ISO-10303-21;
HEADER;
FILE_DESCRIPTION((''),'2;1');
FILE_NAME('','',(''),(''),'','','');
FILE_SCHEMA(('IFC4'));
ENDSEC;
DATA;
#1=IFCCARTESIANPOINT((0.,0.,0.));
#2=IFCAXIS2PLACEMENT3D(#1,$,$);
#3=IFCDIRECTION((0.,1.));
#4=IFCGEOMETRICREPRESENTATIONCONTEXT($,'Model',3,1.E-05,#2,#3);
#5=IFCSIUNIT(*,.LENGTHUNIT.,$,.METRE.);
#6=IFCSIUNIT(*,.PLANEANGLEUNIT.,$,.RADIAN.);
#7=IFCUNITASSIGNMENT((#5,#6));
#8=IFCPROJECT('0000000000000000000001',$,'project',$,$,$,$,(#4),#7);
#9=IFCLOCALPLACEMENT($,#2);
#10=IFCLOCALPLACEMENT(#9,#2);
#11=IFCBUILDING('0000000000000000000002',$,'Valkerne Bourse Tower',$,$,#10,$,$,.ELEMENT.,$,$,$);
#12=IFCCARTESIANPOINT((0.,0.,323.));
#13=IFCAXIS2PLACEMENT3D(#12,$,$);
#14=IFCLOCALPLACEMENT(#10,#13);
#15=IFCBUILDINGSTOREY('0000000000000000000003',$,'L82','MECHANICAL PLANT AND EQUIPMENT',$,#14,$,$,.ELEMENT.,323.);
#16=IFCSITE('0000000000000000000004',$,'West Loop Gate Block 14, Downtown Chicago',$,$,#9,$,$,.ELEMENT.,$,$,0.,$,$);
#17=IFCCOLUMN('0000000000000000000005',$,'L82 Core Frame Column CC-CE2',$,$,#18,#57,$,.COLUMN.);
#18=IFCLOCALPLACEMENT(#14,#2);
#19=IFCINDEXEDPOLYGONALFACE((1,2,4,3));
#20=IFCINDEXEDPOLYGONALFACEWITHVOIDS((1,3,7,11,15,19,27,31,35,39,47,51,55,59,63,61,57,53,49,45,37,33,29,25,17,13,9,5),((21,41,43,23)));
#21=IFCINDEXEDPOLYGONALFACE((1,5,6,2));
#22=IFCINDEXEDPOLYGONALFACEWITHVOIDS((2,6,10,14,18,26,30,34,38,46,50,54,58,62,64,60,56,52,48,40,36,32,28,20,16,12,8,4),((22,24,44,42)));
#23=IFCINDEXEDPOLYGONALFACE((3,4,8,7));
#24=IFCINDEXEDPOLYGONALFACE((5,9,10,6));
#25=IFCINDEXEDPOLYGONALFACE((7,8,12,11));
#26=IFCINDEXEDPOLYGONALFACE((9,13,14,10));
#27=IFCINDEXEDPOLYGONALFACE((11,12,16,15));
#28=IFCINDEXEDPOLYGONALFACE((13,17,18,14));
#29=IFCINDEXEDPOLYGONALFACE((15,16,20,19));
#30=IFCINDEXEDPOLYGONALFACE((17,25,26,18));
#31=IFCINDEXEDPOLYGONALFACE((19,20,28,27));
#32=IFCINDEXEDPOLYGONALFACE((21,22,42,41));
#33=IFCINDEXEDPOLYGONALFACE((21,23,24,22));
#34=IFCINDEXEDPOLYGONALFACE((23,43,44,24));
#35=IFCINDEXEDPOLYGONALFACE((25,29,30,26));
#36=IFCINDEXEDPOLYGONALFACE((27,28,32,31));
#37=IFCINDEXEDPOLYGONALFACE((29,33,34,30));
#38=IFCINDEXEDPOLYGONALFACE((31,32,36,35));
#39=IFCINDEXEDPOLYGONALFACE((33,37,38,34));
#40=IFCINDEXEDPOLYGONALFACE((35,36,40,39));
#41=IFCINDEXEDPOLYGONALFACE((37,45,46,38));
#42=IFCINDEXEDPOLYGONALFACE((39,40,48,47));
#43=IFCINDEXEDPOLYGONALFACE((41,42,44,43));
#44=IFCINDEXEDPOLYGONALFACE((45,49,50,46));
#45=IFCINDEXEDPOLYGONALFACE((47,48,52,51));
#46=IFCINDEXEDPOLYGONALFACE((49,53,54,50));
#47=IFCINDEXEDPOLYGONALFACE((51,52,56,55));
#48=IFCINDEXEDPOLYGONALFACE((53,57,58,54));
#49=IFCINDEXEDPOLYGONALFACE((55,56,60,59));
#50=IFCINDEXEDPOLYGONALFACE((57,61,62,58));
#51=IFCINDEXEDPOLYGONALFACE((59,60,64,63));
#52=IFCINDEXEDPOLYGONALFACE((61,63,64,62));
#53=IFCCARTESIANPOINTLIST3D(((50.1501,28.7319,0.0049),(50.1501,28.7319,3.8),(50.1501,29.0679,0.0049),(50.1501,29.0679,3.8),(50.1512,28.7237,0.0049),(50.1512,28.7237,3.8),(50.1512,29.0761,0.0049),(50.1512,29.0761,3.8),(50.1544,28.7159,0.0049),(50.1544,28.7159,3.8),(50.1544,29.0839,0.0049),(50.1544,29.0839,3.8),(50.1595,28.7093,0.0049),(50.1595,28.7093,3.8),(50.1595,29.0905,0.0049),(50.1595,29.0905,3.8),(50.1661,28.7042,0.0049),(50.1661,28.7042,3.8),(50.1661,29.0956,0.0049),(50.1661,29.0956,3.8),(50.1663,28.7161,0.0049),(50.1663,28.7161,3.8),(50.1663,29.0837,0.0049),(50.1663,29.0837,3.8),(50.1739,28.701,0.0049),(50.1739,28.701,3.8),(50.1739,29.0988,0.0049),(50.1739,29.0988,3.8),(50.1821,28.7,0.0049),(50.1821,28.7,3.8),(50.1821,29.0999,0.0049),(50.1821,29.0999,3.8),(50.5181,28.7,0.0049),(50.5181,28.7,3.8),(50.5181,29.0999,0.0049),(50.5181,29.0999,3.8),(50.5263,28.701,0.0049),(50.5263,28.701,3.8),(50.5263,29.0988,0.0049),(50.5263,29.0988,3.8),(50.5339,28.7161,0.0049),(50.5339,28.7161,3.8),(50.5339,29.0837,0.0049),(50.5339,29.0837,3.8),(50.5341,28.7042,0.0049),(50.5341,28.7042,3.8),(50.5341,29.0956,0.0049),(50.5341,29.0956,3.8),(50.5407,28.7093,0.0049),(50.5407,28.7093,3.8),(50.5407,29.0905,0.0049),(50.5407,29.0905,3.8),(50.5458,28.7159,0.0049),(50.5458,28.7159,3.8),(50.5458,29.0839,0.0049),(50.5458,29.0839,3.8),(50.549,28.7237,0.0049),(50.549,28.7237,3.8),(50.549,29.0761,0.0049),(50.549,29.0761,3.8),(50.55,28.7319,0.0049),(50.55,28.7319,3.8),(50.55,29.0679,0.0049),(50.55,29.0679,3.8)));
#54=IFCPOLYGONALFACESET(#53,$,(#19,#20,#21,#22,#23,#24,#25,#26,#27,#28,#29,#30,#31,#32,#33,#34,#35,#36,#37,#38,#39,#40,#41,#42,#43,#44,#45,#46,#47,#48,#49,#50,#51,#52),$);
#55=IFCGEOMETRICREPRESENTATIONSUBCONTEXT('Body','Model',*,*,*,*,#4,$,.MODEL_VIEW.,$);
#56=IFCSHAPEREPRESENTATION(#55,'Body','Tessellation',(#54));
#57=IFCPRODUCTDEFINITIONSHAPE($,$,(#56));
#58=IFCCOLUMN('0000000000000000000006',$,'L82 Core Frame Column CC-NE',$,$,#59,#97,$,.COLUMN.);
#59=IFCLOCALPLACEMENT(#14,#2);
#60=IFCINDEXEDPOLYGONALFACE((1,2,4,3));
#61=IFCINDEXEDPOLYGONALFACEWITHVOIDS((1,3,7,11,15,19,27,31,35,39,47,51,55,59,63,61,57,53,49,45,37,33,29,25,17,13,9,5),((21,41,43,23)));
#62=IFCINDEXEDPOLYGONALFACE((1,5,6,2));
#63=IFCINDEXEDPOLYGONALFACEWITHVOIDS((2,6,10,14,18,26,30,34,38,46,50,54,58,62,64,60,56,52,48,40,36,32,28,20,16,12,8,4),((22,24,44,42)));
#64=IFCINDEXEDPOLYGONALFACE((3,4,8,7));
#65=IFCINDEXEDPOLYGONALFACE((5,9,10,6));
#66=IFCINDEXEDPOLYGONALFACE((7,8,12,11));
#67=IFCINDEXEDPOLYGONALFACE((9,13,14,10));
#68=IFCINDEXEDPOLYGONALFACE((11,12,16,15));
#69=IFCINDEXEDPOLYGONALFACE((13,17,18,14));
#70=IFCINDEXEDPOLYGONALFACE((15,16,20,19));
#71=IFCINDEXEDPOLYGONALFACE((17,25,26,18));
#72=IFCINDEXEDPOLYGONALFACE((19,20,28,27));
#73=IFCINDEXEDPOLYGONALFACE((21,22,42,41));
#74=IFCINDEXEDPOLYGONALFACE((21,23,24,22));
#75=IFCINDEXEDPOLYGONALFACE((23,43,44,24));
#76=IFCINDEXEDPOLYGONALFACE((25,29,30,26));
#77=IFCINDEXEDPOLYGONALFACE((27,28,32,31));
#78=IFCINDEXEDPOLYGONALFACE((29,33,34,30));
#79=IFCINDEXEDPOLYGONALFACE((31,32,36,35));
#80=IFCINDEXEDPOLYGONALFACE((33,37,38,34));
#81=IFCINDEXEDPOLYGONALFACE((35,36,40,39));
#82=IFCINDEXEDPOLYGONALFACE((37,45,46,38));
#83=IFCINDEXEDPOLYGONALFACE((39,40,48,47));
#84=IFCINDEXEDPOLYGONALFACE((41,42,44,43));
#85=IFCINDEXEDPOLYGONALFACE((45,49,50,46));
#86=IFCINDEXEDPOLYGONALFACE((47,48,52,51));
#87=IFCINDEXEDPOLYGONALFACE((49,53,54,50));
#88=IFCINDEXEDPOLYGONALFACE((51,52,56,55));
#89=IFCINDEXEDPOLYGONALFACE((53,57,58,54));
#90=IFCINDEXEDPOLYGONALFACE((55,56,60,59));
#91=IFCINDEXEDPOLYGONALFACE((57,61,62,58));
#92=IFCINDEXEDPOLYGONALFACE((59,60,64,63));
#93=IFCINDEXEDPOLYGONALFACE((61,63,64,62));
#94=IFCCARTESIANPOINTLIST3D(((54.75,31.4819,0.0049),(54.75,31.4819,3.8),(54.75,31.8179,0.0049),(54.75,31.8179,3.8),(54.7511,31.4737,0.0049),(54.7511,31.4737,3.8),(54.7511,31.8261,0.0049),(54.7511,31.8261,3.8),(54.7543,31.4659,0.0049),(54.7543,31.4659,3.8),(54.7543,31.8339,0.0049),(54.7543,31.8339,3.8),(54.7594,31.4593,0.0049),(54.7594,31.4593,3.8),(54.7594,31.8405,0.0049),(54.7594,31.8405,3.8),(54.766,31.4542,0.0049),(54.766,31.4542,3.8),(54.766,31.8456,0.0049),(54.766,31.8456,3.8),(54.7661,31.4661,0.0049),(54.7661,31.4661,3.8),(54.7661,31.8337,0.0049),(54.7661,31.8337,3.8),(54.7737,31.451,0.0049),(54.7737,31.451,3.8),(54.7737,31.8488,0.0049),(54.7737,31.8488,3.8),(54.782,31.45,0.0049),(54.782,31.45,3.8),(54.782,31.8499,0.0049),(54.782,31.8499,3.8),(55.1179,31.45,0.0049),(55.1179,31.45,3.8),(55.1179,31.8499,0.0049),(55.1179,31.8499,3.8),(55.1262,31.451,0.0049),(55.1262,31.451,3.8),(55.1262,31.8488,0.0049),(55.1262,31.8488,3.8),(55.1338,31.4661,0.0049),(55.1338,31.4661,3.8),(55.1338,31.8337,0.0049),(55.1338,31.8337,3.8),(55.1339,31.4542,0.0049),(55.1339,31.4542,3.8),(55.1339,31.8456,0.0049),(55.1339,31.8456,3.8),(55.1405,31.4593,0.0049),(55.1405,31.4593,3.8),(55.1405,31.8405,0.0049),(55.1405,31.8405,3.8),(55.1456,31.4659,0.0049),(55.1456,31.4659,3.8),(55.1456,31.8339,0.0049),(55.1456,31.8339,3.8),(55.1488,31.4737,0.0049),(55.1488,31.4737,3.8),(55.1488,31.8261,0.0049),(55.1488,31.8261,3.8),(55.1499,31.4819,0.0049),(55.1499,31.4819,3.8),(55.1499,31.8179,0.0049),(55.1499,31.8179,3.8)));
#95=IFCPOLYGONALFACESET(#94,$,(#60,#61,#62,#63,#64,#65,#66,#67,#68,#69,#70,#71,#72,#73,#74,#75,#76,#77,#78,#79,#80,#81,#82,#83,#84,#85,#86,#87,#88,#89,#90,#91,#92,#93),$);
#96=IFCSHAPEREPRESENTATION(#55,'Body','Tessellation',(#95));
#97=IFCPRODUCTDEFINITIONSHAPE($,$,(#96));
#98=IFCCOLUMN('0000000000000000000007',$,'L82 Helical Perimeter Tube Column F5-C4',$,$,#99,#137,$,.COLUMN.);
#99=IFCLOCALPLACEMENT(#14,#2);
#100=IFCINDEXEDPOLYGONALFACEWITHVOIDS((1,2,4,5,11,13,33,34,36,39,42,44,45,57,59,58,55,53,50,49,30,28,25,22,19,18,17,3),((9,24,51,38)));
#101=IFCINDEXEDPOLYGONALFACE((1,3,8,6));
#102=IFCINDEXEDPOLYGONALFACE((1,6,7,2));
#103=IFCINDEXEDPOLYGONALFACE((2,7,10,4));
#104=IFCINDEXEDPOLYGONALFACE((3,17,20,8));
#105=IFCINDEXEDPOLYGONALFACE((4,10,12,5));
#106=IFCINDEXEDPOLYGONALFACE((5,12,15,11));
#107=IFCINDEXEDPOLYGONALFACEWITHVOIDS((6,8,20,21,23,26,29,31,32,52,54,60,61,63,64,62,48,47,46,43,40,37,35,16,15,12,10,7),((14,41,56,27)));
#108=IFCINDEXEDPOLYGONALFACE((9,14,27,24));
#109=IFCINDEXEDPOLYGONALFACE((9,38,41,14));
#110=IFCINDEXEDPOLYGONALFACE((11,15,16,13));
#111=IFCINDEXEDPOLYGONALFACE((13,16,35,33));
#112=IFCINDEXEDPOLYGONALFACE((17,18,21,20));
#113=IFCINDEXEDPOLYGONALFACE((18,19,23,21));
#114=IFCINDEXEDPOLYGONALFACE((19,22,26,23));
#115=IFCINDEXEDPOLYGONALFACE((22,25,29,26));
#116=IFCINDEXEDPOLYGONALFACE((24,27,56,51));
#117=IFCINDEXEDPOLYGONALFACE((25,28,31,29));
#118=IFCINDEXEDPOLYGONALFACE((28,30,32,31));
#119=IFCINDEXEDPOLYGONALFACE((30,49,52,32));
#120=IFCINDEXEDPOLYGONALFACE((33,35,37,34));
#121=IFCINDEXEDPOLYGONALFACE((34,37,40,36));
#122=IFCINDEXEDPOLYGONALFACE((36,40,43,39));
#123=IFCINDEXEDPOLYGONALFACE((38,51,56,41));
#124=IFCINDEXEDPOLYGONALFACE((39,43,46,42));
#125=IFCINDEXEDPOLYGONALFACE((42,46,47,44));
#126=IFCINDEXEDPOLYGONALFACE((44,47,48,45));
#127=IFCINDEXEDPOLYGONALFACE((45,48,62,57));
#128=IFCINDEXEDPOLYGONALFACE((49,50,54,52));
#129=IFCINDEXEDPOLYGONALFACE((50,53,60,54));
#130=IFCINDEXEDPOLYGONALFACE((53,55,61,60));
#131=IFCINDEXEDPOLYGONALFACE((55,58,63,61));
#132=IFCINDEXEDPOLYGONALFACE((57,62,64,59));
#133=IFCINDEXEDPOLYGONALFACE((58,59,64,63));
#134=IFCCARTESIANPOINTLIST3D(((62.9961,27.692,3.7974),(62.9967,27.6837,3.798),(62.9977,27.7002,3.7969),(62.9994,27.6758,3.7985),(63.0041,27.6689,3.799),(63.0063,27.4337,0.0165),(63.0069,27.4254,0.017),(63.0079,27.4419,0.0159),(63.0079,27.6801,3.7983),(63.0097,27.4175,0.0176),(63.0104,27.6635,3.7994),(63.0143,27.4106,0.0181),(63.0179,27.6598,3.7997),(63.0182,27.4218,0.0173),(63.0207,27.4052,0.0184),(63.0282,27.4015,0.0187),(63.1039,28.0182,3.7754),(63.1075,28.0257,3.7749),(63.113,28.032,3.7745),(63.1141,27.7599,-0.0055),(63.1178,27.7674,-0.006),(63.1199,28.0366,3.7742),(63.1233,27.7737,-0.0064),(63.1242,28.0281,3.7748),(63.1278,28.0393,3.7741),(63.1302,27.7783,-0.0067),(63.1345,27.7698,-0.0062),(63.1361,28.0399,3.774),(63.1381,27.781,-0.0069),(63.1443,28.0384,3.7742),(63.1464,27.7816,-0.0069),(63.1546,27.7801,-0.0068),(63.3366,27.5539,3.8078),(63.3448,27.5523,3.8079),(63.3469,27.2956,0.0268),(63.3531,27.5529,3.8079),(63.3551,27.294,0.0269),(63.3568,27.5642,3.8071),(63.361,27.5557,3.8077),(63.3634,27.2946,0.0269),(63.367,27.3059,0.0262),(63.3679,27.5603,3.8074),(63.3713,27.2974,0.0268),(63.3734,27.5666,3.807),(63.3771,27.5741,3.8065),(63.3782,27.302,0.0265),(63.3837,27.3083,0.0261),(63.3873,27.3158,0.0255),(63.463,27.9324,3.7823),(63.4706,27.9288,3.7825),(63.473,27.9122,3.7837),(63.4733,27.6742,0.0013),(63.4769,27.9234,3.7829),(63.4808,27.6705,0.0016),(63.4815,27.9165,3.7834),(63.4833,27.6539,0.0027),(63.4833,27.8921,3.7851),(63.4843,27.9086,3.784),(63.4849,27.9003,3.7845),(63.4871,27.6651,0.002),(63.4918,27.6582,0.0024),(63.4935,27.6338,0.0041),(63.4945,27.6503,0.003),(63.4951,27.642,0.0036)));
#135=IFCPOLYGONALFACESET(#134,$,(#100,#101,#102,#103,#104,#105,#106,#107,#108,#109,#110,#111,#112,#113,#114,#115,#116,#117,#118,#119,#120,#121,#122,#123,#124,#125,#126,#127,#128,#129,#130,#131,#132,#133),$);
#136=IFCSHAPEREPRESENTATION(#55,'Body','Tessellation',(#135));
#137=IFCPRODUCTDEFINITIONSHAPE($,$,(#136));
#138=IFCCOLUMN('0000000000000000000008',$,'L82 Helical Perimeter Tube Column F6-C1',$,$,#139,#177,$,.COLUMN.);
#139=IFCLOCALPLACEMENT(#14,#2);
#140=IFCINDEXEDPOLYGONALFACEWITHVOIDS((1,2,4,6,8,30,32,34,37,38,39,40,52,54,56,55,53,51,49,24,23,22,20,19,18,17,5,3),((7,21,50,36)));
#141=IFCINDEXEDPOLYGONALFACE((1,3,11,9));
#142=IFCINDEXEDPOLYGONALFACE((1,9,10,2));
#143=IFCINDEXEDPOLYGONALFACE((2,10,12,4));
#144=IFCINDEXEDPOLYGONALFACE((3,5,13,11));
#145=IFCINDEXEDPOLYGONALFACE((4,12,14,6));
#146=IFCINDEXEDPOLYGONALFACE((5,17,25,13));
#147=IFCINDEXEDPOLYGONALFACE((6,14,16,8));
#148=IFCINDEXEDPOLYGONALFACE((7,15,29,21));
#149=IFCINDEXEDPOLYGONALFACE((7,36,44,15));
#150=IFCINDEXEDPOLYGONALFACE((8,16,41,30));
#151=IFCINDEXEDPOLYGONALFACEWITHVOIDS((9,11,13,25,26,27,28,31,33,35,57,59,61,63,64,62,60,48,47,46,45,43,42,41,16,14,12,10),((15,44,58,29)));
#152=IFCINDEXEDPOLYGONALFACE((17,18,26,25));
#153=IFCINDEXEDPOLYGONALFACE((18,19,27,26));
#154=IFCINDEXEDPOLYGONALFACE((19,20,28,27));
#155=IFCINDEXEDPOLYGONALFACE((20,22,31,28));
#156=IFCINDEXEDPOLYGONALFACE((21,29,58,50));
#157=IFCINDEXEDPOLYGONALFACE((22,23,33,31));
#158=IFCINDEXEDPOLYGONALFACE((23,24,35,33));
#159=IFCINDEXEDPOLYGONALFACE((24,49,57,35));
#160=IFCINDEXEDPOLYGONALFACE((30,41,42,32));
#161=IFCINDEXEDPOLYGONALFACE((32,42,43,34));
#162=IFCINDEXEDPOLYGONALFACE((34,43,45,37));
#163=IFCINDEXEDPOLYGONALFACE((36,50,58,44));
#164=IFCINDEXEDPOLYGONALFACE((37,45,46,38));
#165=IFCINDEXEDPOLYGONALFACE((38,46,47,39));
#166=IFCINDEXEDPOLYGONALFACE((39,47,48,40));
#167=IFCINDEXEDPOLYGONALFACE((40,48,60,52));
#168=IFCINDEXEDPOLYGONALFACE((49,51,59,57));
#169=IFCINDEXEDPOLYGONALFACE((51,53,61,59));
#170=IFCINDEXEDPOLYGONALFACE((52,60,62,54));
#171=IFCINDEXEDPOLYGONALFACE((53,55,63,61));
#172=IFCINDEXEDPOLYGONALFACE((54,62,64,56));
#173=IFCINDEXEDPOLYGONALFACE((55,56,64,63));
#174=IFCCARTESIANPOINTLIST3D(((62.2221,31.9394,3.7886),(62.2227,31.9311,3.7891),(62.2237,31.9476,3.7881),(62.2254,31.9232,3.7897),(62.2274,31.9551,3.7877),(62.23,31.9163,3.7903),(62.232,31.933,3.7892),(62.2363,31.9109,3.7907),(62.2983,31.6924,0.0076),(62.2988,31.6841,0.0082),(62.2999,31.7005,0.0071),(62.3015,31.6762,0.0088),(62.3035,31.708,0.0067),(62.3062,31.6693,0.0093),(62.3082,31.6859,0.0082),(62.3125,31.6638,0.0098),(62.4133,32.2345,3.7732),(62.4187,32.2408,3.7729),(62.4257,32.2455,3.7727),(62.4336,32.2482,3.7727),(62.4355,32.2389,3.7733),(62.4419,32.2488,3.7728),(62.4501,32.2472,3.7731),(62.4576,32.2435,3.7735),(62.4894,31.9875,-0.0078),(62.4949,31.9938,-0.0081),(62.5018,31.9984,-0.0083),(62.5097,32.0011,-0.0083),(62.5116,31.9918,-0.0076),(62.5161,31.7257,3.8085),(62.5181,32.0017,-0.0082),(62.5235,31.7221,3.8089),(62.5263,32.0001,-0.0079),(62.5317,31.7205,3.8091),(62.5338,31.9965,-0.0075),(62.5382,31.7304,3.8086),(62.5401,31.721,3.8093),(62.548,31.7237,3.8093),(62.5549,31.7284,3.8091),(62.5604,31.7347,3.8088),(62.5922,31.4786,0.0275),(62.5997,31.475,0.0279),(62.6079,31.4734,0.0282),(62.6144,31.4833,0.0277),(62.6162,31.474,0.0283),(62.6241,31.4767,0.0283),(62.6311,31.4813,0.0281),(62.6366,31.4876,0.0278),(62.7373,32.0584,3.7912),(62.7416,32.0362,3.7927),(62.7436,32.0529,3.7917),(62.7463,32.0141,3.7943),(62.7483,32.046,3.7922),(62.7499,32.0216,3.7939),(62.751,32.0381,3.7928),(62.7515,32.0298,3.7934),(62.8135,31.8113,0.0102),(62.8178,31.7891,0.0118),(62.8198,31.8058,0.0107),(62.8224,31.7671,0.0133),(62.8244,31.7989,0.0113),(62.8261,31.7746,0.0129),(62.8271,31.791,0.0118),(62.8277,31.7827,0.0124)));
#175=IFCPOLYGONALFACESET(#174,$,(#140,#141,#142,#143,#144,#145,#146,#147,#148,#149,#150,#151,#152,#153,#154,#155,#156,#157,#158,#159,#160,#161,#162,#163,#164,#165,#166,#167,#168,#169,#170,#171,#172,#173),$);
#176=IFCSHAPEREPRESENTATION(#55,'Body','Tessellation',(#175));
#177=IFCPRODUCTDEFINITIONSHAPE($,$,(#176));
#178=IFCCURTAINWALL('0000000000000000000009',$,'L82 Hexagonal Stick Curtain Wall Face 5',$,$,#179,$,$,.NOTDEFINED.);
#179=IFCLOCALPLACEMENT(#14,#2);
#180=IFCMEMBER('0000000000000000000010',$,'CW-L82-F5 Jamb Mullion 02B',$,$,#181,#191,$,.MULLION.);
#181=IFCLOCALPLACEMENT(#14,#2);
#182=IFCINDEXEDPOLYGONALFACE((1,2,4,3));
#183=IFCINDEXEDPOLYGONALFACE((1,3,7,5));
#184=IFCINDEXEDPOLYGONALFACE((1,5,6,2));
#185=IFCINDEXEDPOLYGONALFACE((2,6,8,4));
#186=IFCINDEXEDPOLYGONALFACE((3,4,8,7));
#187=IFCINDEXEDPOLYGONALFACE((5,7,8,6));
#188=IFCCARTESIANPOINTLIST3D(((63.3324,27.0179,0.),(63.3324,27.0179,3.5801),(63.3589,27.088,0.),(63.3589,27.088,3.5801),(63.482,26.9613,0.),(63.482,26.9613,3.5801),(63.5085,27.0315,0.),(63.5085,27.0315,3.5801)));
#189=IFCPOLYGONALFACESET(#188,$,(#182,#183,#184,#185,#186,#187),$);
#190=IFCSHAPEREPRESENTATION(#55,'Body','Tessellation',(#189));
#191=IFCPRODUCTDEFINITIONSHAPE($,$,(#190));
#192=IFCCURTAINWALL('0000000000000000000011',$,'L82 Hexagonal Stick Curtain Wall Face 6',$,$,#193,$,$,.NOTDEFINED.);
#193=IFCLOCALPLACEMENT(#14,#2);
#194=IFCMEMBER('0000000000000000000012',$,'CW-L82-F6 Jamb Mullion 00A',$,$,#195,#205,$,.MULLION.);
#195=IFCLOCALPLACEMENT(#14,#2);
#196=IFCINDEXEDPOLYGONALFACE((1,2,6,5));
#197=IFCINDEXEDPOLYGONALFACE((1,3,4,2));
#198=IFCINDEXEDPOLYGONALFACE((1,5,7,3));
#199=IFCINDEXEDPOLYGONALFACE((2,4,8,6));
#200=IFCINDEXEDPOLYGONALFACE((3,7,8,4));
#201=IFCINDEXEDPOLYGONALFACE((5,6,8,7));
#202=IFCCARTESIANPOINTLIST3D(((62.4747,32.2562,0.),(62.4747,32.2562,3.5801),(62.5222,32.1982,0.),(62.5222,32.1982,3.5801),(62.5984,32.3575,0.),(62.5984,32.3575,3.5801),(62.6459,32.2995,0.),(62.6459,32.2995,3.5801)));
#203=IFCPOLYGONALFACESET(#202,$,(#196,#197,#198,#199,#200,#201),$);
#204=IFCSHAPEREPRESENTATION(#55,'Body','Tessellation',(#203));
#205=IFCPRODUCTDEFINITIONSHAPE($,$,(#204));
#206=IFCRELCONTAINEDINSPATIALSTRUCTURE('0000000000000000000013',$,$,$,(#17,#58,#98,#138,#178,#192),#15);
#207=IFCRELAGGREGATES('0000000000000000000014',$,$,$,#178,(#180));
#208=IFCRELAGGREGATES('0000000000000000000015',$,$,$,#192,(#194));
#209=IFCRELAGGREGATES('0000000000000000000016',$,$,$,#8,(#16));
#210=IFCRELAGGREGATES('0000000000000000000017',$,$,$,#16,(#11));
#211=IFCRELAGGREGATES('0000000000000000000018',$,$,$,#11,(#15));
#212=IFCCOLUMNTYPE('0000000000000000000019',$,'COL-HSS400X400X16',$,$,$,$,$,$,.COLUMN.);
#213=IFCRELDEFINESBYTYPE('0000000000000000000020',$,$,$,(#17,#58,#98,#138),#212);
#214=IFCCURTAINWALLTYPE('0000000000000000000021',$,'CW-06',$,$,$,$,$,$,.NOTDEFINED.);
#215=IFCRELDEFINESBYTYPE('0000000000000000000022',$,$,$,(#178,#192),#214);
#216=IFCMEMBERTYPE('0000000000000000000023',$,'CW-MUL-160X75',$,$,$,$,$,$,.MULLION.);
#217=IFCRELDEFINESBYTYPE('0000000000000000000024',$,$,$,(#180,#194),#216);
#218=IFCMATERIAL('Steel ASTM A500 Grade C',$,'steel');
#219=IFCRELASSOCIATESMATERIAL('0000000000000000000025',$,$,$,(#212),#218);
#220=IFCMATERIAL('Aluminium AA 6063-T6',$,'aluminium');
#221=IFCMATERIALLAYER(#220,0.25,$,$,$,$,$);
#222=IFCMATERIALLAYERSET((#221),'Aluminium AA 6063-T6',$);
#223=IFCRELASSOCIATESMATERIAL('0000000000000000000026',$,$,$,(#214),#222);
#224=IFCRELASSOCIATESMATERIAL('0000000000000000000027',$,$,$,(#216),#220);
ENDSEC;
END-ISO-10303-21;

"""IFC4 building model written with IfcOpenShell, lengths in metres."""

from ifc_helpers import new_model, si_unit, direction, frame, origin, origin_2d, place, context, subcontext, project, spatial, rectangle, hollow_rectangle, extrude, material, layer, layer_set, material_profile, profile_set, type_object, element, aggregate, save


model = new_model("IFC4")

# Units and contexts
model_context = context("Model", 3, precision=1e-05, world=origin(), true_north=direction((0.0, 1.0)))
body_context = subcontext(model_context, "Body", "Model", "MODEL_VIEW")
ifc_project = project(units=[si_unit("LENGTHUNIT", "METRE"), si_unit("PLANEANGLEUNIT", "RADIAN")], contexts=[model_context])

# Site, building, storey
site_placement = place(None, origin())
site = spatial("IfcSite", under=ifc_project, at=site_placement, Name="West Loop Gate Block 14, Downtown Chicago", CompositionType="ELEMENT", RefElevation=0.0)
building_placement = place(site_placement, origin())
building = spatial("IfcBuilding", under=site, at=building_placement, Name="Valkerne Bourse Tower", CompositionType="ELEMENT")
storey_placement = place(building_placement, frame((0.0, 0.0, 323.0)))
storey = spatial("IfcBuildingStorey", under=building, at=storey_placement, Name="L82", Description="MECHANICAL PLANT AND EQUIPMENT", CompositionType="ELEMENT", Elevation=323.0)

# Columns
ifc_material_1 = material(Name="Steel ASTM A500 Grade C", Category="steel")
ifc_material_profile_1 = material_profile(ifc_material_1, hollow_rectangle(XDim=0.3999, YDim=0.3999, WallThickness=0.0161, OuterFilletRadius=0.032, at=origin_2d()), Name="HSS400X400X16")
ifc_profile_set_1 = profile_set([ifc_material_profile_1], Name="Steel ASTM A500 Grade C")
column_type = type_object("IfcColumnType", Name="COL-HSS400X400X16", PredefinedType="COLUMN", material=ifc_profile_set_1)
for number, where, z_axis, x_axis, name in (
    (1, (50.3501, 28.8999, 0.0049), (0.0, 0.0, 1.0), (1.0, 0.0, 0.0), "L82 Core Frame Column CC-CE2"),
    (2, (54.95, 31.6499, 0.0049), (0.0, 0.0, 1.0), (1.0, 0.0, 0.0), "L82 Core Frame Column CC-NE"),
):
    element("IfcColumn", number, at=place(storey_placement, frame(where, z_axis=z_axis, x_axis=x_axis)), inside=storey, type_object=column_type, Name=name, PredefinedType="COLUMN", context=body_context, shape_type="SweptSolid", body=[
        extrude(hollow_rectangle(XDim=0.3999, YDim=0.3999, WallThickness=0.0161, OuterFilletRadius=0.032, at=origin_2d()), origin(), (0.0, 0.0, 1.0), 3.7952),
    ])
for number, where, z_axis, x_axis, name in (
    (3, (63.2507, 27.5378, 0.01), (-0.002706, 0.068156, 0.997671), (-0.316177, -0.946552, 0.063807), "L82 Helical Perimeter Tube Column F5-C4"),
    (4, (62.563, 31.7375, 0.01), (-0.020099, 0.065193, 0.99767), (0.832724, -0.551166, 0.052792), "L82 Helical Perimeter Tube Column F6-C1"),
):
    element("IfcColumn", number, at=place(storey_placement, frame(where, z_axis=z_axis, x_axis=x_axis)), inside=storey, type_object=column_type, Name=name, PredefinedType="COLUMN", context=body_context, shape_type="SweptSolid", body=[
        extrude(hollow_rectangle(XDim=0.3999, YDim=0.3999, WallThickness=0.0161, OuterFilletRadius=0.032, at=origin_2d()), origin(), (0.0, 0.0, 1.0), 3.7898),
    ])

# Curtain wall, member
ifc_material_2 = material(Name="Aluminium AA 6063-T6", Category="aluminium")
ifc_layer_1 = layer(ifc_material_2, 0.25)
ifc_layer_set_1 = layer_set([ifc_layer_1], Name="Aluminium AA 6063-T6")
curtain_wall_type = type_object("IfcCurtainWallType", Name="CW-06", PredefinedType="NOTDEFINED", material=ifc_layer_set_1)
curtain_wall_1_placement = place(storey_placement, origin())
curtain_wall_1 = element("IfcCurtainWall", 5, at=curtain_wall_1_placement, inside=storey, type_object=curtain_wall_type, Name="L82 Hexagonal Stick Curtain Wall Face 5", PredefinedType="NOTDEFINED")
ifc_material_profile_2 = material_profile(ifc_material_2, rectangle(XDim=0.075, YDim=0.1599, at=origin_2d()), Name="CWM-75X160")
ifc_profile_set_2 = profile_set([ifc_material_profile_2], Name="Aluminium AA 6063-T6")
member_type_1 = type_object("IfcMemberType", Name="CW-MUL-160X75", PredefinedType="MULLION", material=ifc_profile_set_2)
member_1_placement = place(storey_placement, frame((63.4204, 27.0247, 0.0), z_axis=(0.0, 0.0, 1.0), x_axis=(0.353467, 0.935447, 0.0)))
member_1 = element("IfcMember", 6, at=member_1_placement, type_object=member_type_1, Name="CW-L82-F5 Jamb Mullion 02B", PredefinedType="MULLION", context=body_context, shape_type="SweptSolid", body=[
    extrude(rectangle(XDim=0.075, YDim=0.1599, at=origin_2d()), origin(), (0.0, 0.0, 1.0), 3.5801),
])

# Curtain wall, member
curtain_wall_2_placement = place(storey_placement, origin())
curtain_wall_2 = element("IfcCurtainWall", 7, at=curtain_wall_2_placement, inside=storey, type_object=curtain_wall_type, Name="L82 Hexagonal Stick Curtain Wall Face 6", PredefinedType="NOTDEFINED")
member_2_placement = place(storey_placement, frame((62.5603, 32.2778, 0.0), z_axis=(0.0, 0.0, 1.0), x_axis=(-0.633383, 0.773839, 0.0)))
member_2 = element("IfcMember", 8, at=member_2_placement, type_object=member_type_1, Name="CW-L82-F6 Jamb Mullion 00A", PredefinedType="MULLION", context=body_context, shape_type="SweptSolid", body=[
    extrude(rectangle(XDim=0.075, YDim=0.1599, at=origin_2d()), origin(), (0.0, 0.0, 1.0), 3.5801),
])

aggregate(curtain_wall_1, [member_1])
aggregate(curtain_wall_2, [member_2])

save(model, "model.ifc")
